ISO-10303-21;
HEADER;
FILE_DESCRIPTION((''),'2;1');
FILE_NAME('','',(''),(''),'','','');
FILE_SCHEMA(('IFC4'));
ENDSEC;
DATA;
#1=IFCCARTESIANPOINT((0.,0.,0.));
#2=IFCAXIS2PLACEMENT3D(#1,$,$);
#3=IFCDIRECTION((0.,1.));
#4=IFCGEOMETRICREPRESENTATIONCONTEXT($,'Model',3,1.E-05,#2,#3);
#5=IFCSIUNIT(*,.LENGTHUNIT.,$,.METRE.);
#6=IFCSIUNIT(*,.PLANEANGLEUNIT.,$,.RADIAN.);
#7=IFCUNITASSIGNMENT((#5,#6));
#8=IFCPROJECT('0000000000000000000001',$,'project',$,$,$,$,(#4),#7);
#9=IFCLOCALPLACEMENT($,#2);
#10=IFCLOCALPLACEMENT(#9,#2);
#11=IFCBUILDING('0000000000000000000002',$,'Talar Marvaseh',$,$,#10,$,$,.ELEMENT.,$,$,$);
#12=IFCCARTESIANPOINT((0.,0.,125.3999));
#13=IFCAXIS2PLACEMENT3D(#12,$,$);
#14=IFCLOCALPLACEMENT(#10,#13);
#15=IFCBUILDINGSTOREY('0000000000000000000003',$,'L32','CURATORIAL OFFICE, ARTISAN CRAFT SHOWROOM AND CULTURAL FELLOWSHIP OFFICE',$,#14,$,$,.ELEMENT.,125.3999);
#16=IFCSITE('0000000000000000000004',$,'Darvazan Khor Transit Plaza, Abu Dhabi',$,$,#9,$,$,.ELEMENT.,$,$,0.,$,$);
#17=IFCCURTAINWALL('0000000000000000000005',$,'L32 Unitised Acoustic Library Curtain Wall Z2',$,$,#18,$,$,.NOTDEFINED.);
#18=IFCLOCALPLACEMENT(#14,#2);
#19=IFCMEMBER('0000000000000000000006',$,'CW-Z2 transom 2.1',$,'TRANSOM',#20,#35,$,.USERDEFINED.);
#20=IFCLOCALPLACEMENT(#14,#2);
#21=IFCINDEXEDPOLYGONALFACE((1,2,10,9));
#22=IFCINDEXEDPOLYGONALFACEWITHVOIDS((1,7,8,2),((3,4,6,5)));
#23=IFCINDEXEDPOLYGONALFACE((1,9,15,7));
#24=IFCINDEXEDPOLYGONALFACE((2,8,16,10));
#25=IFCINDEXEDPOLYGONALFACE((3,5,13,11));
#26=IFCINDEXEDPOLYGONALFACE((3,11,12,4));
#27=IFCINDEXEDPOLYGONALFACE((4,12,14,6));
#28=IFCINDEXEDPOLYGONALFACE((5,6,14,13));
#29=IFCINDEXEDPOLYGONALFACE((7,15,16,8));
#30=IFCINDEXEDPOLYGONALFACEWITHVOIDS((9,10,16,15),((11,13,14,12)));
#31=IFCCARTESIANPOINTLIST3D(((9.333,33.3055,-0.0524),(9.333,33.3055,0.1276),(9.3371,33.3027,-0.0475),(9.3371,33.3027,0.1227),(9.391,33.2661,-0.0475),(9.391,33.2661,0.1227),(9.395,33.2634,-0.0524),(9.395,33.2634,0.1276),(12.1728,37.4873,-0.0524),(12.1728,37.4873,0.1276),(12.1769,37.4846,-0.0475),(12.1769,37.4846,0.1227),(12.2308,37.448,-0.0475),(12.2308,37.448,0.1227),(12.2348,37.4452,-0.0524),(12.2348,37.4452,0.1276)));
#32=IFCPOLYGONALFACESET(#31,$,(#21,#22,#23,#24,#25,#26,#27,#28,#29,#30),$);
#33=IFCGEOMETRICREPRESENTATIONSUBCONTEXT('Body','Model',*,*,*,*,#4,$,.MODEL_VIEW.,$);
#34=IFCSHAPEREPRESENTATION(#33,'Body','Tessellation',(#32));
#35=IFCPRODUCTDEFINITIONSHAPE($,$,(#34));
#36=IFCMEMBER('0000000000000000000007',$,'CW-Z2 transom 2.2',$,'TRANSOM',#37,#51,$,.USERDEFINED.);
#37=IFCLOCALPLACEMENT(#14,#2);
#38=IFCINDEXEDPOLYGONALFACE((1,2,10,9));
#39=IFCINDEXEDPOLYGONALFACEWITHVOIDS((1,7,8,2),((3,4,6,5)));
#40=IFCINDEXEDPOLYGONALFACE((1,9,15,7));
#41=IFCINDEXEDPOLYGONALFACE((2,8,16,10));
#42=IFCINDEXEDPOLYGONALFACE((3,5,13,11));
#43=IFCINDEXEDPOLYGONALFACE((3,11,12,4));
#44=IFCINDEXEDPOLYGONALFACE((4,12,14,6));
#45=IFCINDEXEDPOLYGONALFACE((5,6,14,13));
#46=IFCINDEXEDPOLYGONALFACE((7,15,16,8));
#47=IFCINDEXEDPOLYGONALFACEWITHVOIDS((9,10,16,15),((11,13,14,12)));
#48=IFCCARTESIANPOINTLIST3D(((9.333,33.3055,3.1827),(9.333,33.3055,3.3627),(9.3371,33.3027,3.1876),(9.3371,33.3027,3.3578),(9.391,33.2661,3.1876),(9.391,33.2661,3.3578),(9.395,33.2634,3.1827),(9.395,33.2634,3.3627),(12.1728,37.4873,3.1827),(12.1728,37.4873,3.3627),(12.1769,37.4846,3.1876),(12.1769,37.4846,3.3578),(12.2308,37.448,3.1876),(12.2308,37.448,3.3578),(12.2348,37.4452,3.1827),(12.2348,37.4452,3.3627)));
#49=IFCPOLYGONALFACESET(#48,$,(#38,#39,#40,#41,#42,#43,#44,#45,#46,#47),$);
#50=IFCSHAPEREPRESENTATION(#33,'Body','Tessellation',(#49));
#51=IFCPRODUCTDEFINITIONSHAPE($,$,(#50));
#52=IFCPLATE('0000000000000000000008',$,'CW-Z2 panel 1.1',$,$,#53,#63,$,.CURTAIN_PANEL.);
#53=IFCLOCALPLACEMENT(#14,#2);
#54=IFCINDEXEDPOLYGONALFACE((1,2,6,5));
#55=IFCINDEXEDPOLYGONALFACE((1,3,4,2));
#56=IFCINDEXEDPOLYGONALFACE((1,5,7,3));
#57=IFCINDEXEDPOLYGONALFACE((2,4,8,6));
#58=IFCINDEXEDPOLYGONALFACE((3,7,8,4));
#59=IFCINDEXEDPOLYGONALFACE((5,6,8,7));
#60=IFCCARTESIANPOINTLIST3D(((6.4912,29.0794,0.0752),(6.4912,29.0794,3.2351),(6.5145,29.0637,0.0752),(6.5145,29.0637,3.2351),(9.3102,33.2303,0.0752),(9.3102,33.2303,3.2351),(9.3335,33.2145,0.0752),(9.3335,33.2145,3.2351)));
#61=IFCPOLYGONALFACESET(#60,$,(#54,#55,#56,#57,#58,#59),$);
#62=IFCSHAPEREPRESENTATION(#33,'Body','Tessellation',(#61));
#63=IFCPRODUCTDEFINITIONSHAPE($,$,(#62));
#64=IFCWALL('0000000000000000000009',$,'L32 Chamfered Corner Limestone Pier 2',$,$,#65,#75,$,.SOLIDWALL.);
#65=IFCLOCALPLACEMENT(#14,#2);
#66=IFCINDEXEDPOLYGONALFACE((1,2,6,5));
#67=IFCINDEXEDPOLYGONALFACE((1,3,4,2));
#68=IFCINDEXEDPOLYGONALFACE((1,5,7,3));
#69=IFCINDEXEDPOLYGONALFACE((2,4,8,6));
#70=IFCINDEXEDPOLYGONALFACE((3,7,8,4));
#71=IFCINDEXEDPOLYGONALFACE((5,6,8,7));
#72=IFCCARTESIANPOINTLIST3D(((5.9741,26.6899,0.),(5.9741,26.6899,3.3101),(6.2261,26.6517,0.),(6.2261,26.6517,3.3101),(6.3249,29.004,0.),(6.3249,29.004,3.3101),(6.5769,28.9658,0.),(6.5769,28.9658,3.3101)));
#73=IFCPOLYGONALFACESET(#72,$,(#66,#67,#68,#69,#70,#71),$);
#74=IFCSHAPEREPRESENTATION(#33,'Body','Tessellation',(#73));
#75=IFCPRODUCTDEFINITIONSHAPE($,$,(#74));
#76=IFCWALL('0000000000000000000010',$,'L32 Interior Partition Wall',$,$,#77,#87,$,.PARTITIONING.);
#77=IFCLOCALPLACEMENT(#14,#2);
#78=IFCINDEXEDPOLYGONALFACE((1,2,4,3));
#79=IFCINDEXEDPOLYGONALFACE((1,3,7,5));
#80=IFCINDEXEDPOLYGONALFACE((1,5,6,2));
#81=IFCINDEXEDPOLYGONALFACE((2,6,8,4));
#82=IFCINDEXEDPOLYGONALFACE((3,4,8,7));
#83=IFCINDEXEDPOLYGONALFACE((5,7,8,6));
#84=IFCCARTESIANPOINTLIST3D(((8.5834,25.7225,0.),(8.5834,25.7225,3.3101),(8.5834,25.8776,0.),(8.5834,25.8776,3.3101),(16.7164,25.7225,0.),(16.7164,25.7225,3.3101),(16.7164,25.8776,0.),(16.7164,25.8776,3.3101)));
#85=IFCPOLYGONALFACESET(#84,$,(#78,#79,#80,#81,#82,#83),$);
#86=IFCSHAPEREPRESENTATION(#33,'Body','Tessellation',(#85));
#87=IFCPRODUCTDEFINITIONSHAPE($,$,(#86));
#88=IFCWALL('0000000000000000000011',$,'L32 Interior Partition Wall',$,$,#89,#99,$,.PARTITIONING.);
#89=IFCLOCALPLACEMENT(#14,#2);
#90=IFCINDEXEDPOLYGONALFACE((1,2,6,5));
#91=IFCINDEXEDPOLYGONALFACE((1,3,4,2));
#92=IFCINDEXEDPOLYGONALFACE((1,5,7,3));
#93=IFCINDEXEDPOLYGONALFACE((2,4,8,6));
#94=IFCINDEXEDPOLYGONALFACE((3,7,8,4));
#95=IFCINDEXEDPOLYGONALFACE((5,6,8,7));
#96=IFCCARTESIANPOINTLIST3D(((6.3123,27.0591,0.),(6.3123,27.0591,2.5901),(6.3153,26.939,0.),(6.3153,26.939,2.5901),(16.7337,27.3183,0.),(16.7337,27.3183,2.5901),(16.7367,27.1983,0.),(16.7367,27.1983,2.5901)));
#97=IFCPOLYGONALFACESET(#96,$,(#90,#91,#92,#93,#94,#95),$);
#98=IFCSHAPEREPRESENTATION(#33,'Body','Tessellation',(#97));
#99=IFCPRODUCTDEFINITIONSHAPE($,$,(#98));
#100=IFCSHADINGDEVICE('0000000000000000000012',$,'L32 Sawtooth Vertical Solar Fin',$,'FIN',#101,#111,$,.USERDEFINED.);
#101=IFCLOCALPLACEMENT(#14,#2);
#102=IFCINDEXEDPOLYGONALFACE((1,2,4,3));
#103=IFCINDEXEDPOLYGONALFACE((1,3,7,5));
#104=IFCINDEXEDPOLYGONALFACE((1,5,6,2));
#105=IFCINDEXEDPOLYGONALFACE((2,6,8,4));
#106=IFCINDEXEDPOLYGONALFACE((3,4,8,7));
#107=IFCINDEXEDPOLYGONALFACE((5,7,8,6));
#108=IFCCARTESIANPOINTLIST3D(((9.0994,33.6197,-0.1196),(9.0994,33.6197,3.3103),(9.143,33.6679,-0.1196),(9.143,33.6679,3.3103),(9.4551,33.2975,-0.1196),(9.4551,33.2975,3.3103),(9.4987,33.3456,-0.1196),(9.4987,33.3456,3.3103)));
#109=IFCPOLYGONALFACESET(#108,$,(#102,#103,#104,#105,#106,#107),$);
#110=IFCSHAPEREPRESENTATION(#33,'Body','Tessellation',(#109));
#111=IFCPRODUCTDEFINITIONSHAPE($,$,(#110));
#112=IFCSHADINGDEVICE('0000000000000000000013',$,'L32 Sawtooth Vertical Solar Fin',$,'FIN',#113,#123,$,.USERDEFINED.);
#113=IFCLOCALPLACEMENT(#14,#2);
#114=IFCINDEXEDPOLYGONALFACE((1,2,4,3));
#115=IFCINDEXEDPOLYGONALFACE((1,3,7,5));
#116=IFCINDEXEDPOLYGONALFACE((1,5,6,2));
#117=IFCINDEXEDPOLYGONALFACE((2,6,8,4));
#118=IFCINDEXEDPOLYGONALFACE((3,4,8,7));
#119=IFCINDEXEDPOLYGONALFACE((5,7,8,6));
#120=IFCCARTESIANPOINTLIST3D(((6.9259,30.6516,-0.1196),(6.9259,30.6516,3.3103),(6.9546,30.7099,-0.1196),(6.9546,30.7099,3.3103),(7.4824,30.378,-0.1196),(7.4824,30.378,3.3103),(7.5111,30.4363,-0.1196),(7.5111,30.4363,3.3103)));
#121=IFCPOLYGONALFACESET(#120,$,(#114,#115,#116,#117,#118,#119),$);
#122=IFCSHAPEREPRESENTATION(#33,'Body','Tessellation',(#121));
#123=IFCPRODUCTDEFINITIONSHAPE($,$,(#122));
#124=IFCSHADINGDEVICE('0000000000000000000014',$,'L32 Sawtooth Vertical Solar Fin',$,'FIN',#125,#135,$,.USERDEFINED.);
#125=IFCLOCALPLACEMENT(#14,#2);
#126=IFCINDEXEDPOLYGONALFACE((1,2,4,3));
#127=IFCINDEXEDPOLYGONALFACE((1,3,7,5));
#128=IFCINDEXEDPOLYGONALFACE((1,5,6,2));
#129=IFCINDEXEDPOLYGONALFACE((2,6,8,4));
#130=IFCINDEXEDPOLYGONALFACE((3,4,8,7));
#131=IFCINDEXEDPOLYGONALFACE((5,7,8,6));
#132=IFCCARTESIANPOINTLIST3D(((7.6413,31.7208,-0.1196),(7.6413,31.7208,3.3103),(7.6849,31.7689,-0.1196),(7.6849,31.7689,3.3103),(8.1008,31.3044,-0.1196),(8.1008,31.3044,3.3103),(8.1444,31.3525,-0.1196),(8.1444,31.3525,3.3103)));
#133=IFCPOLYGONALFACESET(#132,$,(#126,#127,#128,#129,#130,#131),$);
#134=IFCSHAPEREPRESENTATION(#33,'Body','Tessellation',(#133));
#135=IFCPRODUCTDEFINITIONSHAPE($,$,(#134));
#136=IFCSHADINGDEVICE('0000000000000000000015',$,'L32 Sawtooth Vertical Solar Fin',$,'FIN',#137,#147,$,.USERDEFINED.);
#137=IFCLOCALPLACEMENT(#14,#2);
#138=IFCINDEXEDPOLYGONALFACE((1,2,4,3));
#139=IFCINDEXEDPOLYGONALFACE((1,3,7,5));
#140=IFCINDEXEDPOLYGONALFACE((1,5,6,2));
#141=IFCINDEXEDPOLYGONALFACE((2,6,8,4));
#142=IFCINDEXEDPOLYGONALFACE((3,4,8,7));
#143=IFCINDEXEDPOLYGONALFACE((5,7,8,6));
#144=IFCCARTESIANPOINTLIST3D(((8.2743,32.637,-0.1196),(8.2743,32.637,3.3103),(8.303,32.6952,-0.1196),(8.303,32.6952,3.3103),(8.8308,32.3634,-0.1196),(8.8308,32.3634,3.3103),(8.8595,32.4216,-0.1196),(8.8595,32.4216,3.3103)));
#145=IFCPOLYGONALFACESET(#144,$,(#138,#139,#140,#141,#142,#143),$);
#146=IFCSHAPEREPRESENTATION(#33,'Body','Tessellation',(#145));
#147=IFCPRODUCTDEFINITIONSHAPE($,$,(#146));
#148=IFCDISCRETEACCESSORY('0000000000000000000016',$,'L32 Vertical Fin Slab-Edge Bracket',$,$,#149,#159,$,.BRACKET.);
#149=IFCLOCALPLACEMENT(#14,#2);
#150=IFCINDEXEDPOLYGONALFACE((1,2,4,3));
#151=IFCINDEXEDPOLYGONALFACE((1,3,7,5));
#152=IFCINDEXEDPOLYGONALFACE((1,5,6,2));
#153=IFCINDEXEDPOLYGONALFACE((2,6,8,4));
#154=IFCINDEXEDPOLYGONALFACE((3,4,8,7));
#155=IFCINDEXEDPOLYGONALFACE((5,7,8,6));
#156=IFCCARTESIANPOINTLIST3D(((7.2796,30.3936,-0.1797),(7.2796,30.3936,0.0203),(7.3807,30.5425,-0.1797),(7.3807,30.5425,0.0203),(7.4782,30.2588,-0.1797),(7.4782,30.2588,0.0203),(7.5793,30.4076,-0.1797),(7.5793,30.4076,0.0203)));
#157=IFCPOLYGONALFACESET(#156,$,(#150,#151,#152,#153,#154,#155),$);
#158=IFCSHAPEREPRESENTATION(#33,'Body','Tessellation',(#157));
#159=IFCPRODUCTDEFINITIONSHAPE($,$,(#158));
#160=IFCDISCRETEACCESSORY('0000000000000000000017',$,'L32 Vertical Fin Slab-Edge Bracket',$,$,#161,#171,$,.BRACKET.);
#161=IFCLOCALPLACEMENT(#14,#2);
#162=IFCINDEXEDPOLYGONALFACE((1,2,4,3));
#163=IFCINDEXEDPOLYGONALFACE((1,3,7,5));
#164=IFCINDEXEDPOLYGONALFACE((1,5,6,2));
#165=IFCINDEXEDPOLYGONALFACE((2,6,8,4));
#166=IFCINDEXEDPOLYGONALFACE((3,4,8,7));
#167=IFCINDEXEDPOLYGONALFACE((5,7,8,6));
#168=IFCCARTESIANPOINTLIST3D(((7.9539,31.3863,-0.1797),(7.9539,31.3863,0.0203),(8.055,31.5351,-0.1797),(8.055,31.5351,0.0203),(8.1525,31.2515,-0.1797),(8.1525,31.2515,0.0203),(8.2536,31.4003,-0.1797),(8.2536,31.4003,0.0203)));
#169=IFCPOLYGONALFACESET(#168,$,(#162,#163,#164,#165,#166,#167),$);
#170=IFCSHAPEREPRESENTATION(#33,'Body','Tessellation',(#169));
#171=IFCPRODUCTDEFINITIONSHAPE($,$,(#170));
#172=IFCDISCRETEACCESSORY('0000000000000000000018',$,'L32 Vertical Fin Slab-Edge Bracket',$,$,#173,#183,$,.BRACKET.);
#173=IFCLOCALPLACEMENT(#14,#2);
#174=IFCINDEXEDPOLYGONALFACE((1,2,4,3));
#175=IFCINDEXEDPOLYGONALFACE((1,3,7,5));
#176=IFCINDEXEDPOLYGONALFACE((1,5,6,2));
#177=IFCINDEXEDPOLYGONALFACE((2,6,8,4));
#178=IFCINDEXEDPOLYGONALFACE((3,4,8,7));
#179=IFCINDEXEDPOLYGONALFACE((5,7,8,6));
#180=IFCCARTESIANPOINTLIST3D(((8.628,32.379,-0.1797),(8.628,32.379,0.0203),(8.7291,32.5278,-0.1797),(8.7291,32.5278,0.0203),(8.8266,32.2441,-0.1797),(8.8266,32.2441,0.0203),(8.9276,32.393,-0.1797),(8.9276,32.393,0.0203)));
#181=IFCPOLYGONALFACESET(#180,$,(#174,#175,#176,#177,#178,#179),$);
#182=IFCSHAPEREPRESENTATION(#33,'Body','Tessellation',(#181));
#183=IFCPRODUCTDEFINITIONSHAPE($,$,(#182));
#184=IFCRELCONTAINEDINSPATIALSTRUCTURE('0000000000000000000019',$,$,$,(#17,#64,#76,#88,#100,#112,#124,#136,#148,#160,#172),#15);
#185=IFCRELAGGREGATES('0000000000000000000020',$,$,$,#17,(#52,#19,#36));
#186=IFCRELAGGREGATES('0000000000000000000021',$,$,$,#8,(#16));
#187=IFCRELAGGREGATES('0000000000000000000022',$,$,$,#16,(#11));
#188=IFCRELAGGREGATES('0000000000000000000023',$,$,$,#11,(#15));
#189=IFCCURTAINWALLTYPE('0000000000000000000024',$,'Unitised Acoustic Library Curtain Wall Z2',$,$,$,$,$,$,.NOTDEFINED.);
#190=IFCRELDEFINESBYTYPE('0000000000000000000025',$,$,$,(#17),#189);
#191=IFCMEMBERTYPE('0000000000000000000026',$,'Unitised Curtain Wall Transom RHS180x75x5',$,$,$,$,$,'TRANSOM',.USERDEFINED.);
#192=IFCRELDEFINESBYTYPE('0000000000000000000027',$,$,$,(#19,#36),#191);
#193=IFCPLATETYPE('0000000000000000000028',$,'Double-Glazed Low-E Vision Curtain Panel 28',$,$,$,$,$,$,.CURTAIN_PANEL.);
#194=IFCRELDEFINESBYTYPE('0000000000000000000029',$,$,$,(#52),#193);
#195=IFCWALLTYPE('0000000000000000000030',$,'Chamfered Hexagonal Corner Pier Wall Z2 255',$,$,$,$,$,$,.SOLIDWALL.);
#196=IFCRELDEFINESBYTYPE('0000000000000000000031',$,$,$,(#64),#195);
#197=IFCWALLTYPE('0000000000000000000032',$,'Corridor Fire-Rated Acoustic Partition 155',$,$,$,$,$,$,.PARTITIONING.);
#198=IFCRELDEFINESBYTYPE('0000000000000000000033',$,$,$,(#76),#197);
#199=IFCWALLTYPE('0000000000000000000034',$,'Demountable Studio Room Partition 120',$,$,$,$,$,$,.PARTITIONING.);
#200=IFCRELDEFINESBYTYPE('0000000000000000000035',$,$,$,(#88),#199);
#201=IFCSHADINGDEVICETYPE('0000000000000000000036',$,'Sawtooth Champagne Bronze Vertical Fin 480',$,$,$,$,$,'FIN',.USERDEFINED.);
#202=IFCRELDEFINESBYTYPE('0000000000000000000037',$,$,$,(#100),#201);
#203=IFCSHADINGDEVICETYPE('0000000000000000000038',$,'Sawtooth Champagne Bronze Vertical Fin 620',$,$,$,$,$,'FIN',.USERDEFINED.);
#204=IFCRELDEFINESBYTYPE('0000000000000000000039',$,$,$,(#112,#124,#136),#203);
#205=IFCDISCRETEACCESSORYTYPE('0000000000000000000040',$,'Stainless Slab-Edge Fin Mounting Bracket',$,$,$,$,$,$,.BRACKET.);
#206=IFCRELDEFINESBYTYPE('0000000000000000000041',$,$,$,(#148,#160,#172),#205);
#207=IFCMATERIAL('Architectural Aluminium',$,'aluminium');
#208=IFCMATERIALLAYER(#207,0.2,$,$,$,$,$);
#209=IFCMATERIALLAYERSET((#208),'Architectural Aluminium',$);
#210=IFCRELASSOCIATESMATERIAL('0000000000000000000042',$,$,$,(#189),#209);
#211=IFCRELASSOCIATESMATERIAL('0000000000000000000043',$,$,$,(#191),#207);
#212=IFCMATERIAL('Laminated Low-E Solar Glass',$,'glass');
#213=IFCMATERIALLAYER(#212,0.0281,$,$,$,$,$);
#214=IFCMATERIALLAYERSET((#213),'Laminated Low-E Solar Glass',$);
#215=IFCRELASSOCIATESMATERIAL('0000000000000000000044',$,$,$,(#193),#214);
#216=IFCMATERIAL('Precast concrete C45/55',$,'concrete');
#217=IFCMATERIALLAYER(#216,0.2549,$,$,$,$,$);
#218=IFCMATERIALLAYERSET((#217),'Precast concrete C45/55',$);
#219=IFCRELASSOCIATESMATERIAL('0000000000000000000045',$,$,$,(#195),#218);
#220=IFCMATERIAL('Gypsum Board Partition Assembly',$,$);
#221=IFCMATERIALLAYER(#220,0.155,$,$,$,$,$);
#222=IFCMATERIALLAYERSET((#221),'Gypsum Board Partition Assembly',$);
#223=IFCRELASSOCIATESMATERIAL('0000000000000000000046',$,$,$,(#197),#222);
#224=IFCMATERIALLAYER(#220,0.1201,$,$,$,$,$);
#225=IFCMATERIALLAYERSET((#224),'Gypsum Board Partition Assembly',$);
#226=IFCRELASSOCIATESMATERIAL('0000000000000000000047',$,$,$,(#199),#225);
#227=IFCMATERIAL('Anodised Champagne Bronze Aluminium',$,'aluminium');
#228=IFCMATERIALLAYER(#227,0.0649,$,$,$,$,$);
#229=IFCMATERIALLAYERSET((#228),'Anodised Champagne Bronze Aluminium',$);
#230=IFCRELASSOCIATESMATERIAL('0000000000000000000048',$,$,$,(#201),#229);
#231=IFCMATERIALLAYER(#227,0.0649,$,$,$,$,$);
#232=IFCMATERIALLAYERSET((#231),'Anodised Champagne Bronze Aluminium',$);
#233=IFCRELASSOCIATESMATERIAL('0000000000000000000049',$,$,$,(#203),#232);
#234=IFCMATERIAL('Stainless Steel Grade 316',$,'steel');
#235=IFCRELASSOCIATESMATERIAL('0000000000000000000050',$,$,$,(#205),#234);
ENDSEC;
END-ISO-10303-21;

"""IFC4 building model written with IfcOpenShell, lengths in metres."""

from ifc_helpers import new_model, si_unit, direction, frame, frame_2d, origin, origin_2d, place, context, subcontext, project, spatial, rectangle, hollow_rectangle, extrude, source, transform, mapped, material, layer, layer_set, material_profile, profile_set, type_object, type_shapes, element, aggregate, save


model = new_model("IFC4")

# Units and contexts
model_context = context("Model", 3, precision=1e-05, world=origin(), true_north=direction((0.0, 1.0)))
body_context = subcontext(model_context, "Body", "Model", "MODEL_VIEW")
ifc_project = project(units=[si_unit("LENGTHUNIT", "METRE"), si_unit("PLANEANGLEUNIT", "RADIAN")], contexts=[model_context])

# Site, building, storey
site_placement = place(None, origin())
site = spatial("IfcSite", under=ifc_project, at=site_placement, Name="Darvazan Khor Transit Plaza, Abu Dhabi", CompositionType="ELEMENT", RefElevation=0.0)
building_placement = place(site_placement, origin())
building = spatial("IfcBuilding", under=site, at=building_placement, Name="Talar Marvaseh", CompositionType="ELEMENT")
storey_placement = place(building_placement, frame((0.0, 0.0, 125.3999)))
storey = spatial("IfcBuildingStorey", under=building, at=storey_placement, Name="L32", Description="CURATORIAL OFFICE, ARTISAN CRAFT SHOWROOM AND CULTURAL FELLOWSHIP OFFICE", CompositionType="ELEMENT", Elevation=125.3999)

# Shared definitions
ifc_material_1 = material(Name="Architectural Aluminium", Category="aluminium")
ifc_layer_1 = layer(ifc_material_1, 0.2)
ifc_layer_set_1 = layer_set([ifc_layer_1], Name="Architectural Aluminium")
curtain_wall_type = type_object("IfcCurtainWallType", Name="Unitised Acoustic Library Curtain Wall Z2", PredefinedType="NOTDEFINED", material=ifc_layer_set_1)

# Curtain wall, members, plate
curtain_wall_1_placement = place(storey_placement, origin())
curtain_wall_1 = element("IfcCurtainWall", 1, at=curtain_wall_1_placement, inside=storey, type_object=curtain_wall_type, Name="L32 Unitised Acoustic Library Curtain Wall Z2", PredefinedType="NOTDEFINED")
ifc_material_profile_1 = material_profile(ifc_material_1, hollow_rectangle(XDim=0.075, YDim=0.1799, WallThickness=0.0049, at=origin_2d()), Name="RHS180x75x5")
ifc_profile_set_1 = profile_set([ifc_material_profile_1], Name="Architectural Aluminium")
member_type_1 = type_object("IfcMemberType", Name="Unitised Curtain Wall Transom RHS180x75x5", ElementType="TRANSOM", PredefinedType="USERDEFINED", material=ifc_profile_set_1)
shared_shape_1 = source(origin(), body_context, "Body", "SweptSolid", [
    extrude(hollow_rectangle(XDim=0.075, YDim=0.1799, WallThickness=0.0049, at=origin_2d()), origin(), (0.0, 0.0, 1.0), 5.0549),
])
member_1_placement = place(storey_placement, frame((9.364, 33.2844, 0.0376), z_axis=(0.561791, 0.827279, 0.0), x_axis=(-0.827279, 0.561791, 0.0)))
member_1 = element("IfcMember", 2, at=member_1_placement, type_object=member_type_1, Name="CW-Z2 transom 2.1", ObjectType="TRANSOM", PredefinedType="USERDEFINED", context=body_context, shape_type="MappedRepresentation", body=[
    mapped(shared_shape_1, transform((0.0, 0.0, 0.0), x_axis=(1.0, 0.0, 0.0), y_axis=(0.0, 1.0, 0.0), z_axis=(0.0, 0.0, 1.0), scale=1.0)),
])
member_2_placement = place(storey_placement, frame((9.364, 33.2844, 3.2727), z_axis=(0.561791, 0.827279, 0.0), x_axis=(-0.827279, 0.561791, 0.0)))
member_2 = element("IfcMember", 3, at=member_2_placement, type_object=member_type_1, Name="CW-Z2 transom 2.2", ObjectType="TRANSOM", PredefinedType="USERDEFINED", context=body_context, shape_type="MappedRepresentation", body=[
    mapped(shared_shape_1, transform((0.0, 0.0, 0.0), x_axis=(1.0, 0.0, 0.0), y_axis=(0.0, 1.0, 0.0), z_axis=(0.0, 0.0, 1.0), scale=1.0)),
])
ifc_material_2 = material(Name="Laminated Low-E Solar Glass", Category="glass")
ifc_layer_2 = layer(ifc_material_2, 0.0281)
ifc_layer_set_2 = layer_set([ifc_layer_2], Name="Laminated Low-E Solar Glass")
plate_type = type_object("IfcPlateType", Name="Double-Glazed Low-E Vision Curtain Panel 28", PredefinedType="CURTAIN_PANEL", material=ifc_layer_set_2)
shared_shape_2 = source(origin(), body_context, "Body", "SweptSolid", [
    extrude(rectangle(XDim=5.0176, YDim=0.0281, at=origin_2d()), origin(), (0.0, 0.0, 1.0), 3.1599),
])
type_shapes(plate_type, [shared_shape_2])
plate_placement = place(storey_placement, frame((7.9124, 31.147, 0.0752), z_axis=(0.0, 0.0, 1.0), x_axis=(0.561822, 0.827258, 0.0)))
plate = element("IfcPlate", 4, at=plate_placement, type_object=plate_type, Name="CW-Z2 panel 1.1", PredefinedType="CURTAIN_PANEL", context=body_context, shape_type="MappedRepresentation", body=[
    mapped(shared_shape_2, transform((0.0, 0.0, 0.0), x_axis=(1.0, 0.0, 0.0), y_axis=(0.0, 1.0, 0.0), z_axis=(0.0, 0.0, 1.0), scale=1.0)),
])
aggregate(curtain_wall_1, [plate, member_1, member_2])

# Walls
ifc_material_3 = material(Name="Precast concrete C45/55", Category="concrete")
ifc_layer_3 = layer(ifc_material_3, 0.2549)
ifc_layer_set_3 = layer_set([ifc_layer_3], Name="Precast concrete C45/55")
wall_type_1 = type_object("IfcWallType", Name="Chamfered Hexagonal Corner Pier Wall Z2 255", PredefinedType="SOLIDWALL", material=ifc_layer_set_3)
wall_1_placement = place(storey_placement, frame((6.1001, 26.6707, 0.0), z_axis=(0.0, 0.0, 1.0), x_axis=(0.149886, 0.988703, 0.0)))
element("IfcWall", 5, at=wall_1_placement, inside=storey, type_object=wall_type_1, Name="L32 Chamfered Corner Limestone Pier 2", PredefinedType="SOLIDWALL", context=body_context, shape_type="SweptSolid", body=[
    extrude(rectangle(XDim=2.3406, YDim=0.2549, at=frame_2d((1.1704, 0.0))), origin(), (0.0, 0.0, 1.0), 3.3101),
])
ifc_material_4 = material(Name="Gypsum Board Partition Assembly")
ifc_layer_4 = layer(ifc_material_4, 0.155)
ifc_layer_set_4 = layer_set([ifc_layer_4], Name="Gypsum Board Partition Assembly")
wall_type_2 = type_object("IfcWallType", Name="Corridor Fire-Rated Acoustic Partition 155", PredefinedType="PARTITIONING", material=ifc_layer_set_4)
wall_2_placement = place(storey_placement, frame((8.5835, 25.8, 0.0), z_axis=(0.0, 0.0, 1.0), x_axis=(1.0, 0.0, 0.0)))
element("IfcWall", 6, at=wall_2_placement, inside=storey, type_object=wall_type_2, Name="L32 Interior Partition Wall", PredefinedType="PARTITIONING", context=body_context, shape_type="SweptSolid", body=[
    extrude(rectangle(XDim=8.1331, YDim=0.155, at=frame_2d((4.0664, 0.0))), origin(), (0.0, 0.0, 1.0), 3.3101),
])
ifc_layer_5 = layer(ifc_material_4, 0.1201)
ifc_layer_set_5 = layer_set([ifc_layer_5], Name="Gypsum Board Partition Assembly")
wall_type_3 = type_object("IfcWallType", Name="Demountable Studio Room Partition 120", PredefinedType="PARTITIONING", material=ifc_layer_set_5)
wall_3_placement = place(storey_placement, frame((6.3137, 26.999, 0.0), z_axis=(0.0, 0.0, 1.0), x_axis=(0.999691, 0.024872, 0.0)))
element("IfcWall", 7, at=wall_3_placement, inside=storey, type_object=wall_type_3, Name="L32 Interior Partition Wall", PredefinedType="PARTITIONING", context=body_context, shape_type="SweptSolid", body=[
    extrude(rectangle(XDim=10.4246, YDim=0.1201, at=frame_2d((5.2124, 0.0))), origin(), (0.0, 0.0, 1.0), 2.5901),
])

# Shading devices
ifc_material_5 = material(Name="Anodised Champagne Bronze Aluminium", Category="aluminium")
ifc_layer_6 = layer(ifc_material_5, 0.0649)
ifc_layer_set_6 = layer_set([ifc_layer_6], Name="Anodised Champagne Bronze Aluminium")
shading_device_type_1 = type_object("IfcShadingDeviceType", Name="Sawtooth Champagne Bronze Vertical Fin 480", ElementType="FIN", PredefinedType="USERDEFINED", material=ifc_layer_set_6)
shared_shape_3 = source(origin(), body_context, "Body", "SweptSolid", [
    extrude(rectangle(XDim=0.48, YDim=0.0649, at=origin_2d()), origin(), (0.0, 0.0, 1.0), 3.4299),
])
type_shapes(shading_device_type_1, [shared_shape_3])
shading_device_placement = place(storey_placement, frame((9.2991, 33.4827, -0.1196), z_axis=(0.0, 0.0, 1.0), x_axis=(-0.741039, 0.671462, 0.0)))
element("IfcShadingDevice", 8, at=shading_device_placement, inside=storey, type_object=shading_device_type_1, Name="L32 Sawtooth Vertical Solar Fin", ObjectType="FIN", PredefinedType="USERDEFINED", context=body_context, shape_type="MappedRepresentation", body=[
    mapped(shared_shape_3, transform((0.0, 0.0, 0.0), x_axis=(1.0, 0.0, 0.0), y_axis=(0.0, 1.0, 0.0), z_axis=(0.0, 0.0, 1.0), scale=1.0)),
])
ifc_layer_7 = layer(ifc_material_5, 0.0649)
ifc_layer_set_7 = layer_set([ifc_layer_7], Name="Anodised Champagne Bronze Aluminium")
shading_device_type_2 = type_object("IfcShadingDeviceType", Name="Sawtooth Champagne Bronze Vertical Fin 620", ElementType="FIN", PredefinedType="USERDEFINED", material=ifc_layer_set_7)
shared_shape_4 = source(origin(), body_context, "Body", "SweptSolid", [
    extrude(rectangle(XDim=0.6201, YDim=0.0649, at=origin_2d()), origin(), (0.0, 0.0, 1.0), 3.4299),
])
type_shapes(shading_device_type_2, [shared_shape_4])
for number, where, z_axis, x_axis, name in (
    (9, (7.2185, 30.5439, -0.1196), (0.0, 0.0, 1.0), (-0.897412, 0.441193, 0.0), "L32 Sawtooth Vertical Solar Fin"),
    (10, (7.8928, 31.5366, -0.1196), (0.0, 0.0, 1.0), (-0.741039, 0.671462, 0.0), "L32 Sawtooth Vertical Solar Fin"),
    (11, (8.5669, 32.5293, -0.1196), (0.0, 0.0, 1.0), (-0.897412, 0.441193, 0.0), "L32 Sawtooth Vertical Solar Fin"),
):
    element("IfcShadingDevice", number, at=place(storey_placement, frame(where, z_axis=z_axis, x_axis=x_axis)), inside=storey, type_object=shading_device_type_2, Name=name, ObjectType="FIN", PredefinedType="USERDEFINED", context=body_context, shape_type="MappedRepresentation", body=[
        mapped(shared_shape_4, transform((0.0, 0.0, 0.0), x_axis=(1.0, 0.0, 0.0), y_axis=(0.0, 1.0, 0.0), z_axis=(0.0, 0.0, 1.0), scale=1.0)),
    ])

# Discrete accessories
ifc_material_6 = material(Name="Stainless Steel Grade 316", Category="steel")
discrete_accessory_type = type_object("IfcDiscreteAccessoryType", Name="Stainless Slab-Edge Fin Mounting Bracket", PredefinedType="BRACKET", material=ifc_material_6)
shared_shape_5 = source(origin(), body_context, "Body", "SweptSolid", [
    extrude(rectangle(XDim=0.24, YDim=0.1799, at=origin_2d()), origin(), (0.0, 0.0, 1.0), 0.2),
])
type_shapes(discrete_accessory_type, [shared_shape_5])
for number, where, z_axis, x_axis, name in (
    (12, (7.4294, 30.4006, -0.1797), (0.0, 0.0, 1.0), (-0.827277, 0.561795, 0.0), "L32 Vertical Fin Slab-Edge Bracket"),
    (13, (8.1038, 31.3933, -0.1797), (0.0, 0.0, 1.0), (-0.827277, 0.561795, 0.0), "L32 Vertical Fin Slab-Edge Bracket"),
    (14, (8.7778, 32.386, -0.1797), (0.0, 0.0, 1.0), (-0.827277, 0.561795, 0.0), "L32 Vertical Fin Slab-Edge Bracket"),
):
    element("IfcDiscreteAccessory", number, at=place(storey_placement, frame(where, z_axis=z_axis, x_axis=x_axis)), inside=storey, type_object=discrete_accessory_type, Name=name, PredefinedType="BRACKET", context=body_context, shape_type="MappedRepresentation", body=[
        mapped(shared_shape_5, transform((0.0, 0.0, 0.0), x_axis=(1.0, 0.0, 0.0), y_axis=(0.0, 1.0, 0.0), z_axis=(0.0, 0.0, 1.0), scale=1.0)),
    ])

save(model, "model.ifc")
